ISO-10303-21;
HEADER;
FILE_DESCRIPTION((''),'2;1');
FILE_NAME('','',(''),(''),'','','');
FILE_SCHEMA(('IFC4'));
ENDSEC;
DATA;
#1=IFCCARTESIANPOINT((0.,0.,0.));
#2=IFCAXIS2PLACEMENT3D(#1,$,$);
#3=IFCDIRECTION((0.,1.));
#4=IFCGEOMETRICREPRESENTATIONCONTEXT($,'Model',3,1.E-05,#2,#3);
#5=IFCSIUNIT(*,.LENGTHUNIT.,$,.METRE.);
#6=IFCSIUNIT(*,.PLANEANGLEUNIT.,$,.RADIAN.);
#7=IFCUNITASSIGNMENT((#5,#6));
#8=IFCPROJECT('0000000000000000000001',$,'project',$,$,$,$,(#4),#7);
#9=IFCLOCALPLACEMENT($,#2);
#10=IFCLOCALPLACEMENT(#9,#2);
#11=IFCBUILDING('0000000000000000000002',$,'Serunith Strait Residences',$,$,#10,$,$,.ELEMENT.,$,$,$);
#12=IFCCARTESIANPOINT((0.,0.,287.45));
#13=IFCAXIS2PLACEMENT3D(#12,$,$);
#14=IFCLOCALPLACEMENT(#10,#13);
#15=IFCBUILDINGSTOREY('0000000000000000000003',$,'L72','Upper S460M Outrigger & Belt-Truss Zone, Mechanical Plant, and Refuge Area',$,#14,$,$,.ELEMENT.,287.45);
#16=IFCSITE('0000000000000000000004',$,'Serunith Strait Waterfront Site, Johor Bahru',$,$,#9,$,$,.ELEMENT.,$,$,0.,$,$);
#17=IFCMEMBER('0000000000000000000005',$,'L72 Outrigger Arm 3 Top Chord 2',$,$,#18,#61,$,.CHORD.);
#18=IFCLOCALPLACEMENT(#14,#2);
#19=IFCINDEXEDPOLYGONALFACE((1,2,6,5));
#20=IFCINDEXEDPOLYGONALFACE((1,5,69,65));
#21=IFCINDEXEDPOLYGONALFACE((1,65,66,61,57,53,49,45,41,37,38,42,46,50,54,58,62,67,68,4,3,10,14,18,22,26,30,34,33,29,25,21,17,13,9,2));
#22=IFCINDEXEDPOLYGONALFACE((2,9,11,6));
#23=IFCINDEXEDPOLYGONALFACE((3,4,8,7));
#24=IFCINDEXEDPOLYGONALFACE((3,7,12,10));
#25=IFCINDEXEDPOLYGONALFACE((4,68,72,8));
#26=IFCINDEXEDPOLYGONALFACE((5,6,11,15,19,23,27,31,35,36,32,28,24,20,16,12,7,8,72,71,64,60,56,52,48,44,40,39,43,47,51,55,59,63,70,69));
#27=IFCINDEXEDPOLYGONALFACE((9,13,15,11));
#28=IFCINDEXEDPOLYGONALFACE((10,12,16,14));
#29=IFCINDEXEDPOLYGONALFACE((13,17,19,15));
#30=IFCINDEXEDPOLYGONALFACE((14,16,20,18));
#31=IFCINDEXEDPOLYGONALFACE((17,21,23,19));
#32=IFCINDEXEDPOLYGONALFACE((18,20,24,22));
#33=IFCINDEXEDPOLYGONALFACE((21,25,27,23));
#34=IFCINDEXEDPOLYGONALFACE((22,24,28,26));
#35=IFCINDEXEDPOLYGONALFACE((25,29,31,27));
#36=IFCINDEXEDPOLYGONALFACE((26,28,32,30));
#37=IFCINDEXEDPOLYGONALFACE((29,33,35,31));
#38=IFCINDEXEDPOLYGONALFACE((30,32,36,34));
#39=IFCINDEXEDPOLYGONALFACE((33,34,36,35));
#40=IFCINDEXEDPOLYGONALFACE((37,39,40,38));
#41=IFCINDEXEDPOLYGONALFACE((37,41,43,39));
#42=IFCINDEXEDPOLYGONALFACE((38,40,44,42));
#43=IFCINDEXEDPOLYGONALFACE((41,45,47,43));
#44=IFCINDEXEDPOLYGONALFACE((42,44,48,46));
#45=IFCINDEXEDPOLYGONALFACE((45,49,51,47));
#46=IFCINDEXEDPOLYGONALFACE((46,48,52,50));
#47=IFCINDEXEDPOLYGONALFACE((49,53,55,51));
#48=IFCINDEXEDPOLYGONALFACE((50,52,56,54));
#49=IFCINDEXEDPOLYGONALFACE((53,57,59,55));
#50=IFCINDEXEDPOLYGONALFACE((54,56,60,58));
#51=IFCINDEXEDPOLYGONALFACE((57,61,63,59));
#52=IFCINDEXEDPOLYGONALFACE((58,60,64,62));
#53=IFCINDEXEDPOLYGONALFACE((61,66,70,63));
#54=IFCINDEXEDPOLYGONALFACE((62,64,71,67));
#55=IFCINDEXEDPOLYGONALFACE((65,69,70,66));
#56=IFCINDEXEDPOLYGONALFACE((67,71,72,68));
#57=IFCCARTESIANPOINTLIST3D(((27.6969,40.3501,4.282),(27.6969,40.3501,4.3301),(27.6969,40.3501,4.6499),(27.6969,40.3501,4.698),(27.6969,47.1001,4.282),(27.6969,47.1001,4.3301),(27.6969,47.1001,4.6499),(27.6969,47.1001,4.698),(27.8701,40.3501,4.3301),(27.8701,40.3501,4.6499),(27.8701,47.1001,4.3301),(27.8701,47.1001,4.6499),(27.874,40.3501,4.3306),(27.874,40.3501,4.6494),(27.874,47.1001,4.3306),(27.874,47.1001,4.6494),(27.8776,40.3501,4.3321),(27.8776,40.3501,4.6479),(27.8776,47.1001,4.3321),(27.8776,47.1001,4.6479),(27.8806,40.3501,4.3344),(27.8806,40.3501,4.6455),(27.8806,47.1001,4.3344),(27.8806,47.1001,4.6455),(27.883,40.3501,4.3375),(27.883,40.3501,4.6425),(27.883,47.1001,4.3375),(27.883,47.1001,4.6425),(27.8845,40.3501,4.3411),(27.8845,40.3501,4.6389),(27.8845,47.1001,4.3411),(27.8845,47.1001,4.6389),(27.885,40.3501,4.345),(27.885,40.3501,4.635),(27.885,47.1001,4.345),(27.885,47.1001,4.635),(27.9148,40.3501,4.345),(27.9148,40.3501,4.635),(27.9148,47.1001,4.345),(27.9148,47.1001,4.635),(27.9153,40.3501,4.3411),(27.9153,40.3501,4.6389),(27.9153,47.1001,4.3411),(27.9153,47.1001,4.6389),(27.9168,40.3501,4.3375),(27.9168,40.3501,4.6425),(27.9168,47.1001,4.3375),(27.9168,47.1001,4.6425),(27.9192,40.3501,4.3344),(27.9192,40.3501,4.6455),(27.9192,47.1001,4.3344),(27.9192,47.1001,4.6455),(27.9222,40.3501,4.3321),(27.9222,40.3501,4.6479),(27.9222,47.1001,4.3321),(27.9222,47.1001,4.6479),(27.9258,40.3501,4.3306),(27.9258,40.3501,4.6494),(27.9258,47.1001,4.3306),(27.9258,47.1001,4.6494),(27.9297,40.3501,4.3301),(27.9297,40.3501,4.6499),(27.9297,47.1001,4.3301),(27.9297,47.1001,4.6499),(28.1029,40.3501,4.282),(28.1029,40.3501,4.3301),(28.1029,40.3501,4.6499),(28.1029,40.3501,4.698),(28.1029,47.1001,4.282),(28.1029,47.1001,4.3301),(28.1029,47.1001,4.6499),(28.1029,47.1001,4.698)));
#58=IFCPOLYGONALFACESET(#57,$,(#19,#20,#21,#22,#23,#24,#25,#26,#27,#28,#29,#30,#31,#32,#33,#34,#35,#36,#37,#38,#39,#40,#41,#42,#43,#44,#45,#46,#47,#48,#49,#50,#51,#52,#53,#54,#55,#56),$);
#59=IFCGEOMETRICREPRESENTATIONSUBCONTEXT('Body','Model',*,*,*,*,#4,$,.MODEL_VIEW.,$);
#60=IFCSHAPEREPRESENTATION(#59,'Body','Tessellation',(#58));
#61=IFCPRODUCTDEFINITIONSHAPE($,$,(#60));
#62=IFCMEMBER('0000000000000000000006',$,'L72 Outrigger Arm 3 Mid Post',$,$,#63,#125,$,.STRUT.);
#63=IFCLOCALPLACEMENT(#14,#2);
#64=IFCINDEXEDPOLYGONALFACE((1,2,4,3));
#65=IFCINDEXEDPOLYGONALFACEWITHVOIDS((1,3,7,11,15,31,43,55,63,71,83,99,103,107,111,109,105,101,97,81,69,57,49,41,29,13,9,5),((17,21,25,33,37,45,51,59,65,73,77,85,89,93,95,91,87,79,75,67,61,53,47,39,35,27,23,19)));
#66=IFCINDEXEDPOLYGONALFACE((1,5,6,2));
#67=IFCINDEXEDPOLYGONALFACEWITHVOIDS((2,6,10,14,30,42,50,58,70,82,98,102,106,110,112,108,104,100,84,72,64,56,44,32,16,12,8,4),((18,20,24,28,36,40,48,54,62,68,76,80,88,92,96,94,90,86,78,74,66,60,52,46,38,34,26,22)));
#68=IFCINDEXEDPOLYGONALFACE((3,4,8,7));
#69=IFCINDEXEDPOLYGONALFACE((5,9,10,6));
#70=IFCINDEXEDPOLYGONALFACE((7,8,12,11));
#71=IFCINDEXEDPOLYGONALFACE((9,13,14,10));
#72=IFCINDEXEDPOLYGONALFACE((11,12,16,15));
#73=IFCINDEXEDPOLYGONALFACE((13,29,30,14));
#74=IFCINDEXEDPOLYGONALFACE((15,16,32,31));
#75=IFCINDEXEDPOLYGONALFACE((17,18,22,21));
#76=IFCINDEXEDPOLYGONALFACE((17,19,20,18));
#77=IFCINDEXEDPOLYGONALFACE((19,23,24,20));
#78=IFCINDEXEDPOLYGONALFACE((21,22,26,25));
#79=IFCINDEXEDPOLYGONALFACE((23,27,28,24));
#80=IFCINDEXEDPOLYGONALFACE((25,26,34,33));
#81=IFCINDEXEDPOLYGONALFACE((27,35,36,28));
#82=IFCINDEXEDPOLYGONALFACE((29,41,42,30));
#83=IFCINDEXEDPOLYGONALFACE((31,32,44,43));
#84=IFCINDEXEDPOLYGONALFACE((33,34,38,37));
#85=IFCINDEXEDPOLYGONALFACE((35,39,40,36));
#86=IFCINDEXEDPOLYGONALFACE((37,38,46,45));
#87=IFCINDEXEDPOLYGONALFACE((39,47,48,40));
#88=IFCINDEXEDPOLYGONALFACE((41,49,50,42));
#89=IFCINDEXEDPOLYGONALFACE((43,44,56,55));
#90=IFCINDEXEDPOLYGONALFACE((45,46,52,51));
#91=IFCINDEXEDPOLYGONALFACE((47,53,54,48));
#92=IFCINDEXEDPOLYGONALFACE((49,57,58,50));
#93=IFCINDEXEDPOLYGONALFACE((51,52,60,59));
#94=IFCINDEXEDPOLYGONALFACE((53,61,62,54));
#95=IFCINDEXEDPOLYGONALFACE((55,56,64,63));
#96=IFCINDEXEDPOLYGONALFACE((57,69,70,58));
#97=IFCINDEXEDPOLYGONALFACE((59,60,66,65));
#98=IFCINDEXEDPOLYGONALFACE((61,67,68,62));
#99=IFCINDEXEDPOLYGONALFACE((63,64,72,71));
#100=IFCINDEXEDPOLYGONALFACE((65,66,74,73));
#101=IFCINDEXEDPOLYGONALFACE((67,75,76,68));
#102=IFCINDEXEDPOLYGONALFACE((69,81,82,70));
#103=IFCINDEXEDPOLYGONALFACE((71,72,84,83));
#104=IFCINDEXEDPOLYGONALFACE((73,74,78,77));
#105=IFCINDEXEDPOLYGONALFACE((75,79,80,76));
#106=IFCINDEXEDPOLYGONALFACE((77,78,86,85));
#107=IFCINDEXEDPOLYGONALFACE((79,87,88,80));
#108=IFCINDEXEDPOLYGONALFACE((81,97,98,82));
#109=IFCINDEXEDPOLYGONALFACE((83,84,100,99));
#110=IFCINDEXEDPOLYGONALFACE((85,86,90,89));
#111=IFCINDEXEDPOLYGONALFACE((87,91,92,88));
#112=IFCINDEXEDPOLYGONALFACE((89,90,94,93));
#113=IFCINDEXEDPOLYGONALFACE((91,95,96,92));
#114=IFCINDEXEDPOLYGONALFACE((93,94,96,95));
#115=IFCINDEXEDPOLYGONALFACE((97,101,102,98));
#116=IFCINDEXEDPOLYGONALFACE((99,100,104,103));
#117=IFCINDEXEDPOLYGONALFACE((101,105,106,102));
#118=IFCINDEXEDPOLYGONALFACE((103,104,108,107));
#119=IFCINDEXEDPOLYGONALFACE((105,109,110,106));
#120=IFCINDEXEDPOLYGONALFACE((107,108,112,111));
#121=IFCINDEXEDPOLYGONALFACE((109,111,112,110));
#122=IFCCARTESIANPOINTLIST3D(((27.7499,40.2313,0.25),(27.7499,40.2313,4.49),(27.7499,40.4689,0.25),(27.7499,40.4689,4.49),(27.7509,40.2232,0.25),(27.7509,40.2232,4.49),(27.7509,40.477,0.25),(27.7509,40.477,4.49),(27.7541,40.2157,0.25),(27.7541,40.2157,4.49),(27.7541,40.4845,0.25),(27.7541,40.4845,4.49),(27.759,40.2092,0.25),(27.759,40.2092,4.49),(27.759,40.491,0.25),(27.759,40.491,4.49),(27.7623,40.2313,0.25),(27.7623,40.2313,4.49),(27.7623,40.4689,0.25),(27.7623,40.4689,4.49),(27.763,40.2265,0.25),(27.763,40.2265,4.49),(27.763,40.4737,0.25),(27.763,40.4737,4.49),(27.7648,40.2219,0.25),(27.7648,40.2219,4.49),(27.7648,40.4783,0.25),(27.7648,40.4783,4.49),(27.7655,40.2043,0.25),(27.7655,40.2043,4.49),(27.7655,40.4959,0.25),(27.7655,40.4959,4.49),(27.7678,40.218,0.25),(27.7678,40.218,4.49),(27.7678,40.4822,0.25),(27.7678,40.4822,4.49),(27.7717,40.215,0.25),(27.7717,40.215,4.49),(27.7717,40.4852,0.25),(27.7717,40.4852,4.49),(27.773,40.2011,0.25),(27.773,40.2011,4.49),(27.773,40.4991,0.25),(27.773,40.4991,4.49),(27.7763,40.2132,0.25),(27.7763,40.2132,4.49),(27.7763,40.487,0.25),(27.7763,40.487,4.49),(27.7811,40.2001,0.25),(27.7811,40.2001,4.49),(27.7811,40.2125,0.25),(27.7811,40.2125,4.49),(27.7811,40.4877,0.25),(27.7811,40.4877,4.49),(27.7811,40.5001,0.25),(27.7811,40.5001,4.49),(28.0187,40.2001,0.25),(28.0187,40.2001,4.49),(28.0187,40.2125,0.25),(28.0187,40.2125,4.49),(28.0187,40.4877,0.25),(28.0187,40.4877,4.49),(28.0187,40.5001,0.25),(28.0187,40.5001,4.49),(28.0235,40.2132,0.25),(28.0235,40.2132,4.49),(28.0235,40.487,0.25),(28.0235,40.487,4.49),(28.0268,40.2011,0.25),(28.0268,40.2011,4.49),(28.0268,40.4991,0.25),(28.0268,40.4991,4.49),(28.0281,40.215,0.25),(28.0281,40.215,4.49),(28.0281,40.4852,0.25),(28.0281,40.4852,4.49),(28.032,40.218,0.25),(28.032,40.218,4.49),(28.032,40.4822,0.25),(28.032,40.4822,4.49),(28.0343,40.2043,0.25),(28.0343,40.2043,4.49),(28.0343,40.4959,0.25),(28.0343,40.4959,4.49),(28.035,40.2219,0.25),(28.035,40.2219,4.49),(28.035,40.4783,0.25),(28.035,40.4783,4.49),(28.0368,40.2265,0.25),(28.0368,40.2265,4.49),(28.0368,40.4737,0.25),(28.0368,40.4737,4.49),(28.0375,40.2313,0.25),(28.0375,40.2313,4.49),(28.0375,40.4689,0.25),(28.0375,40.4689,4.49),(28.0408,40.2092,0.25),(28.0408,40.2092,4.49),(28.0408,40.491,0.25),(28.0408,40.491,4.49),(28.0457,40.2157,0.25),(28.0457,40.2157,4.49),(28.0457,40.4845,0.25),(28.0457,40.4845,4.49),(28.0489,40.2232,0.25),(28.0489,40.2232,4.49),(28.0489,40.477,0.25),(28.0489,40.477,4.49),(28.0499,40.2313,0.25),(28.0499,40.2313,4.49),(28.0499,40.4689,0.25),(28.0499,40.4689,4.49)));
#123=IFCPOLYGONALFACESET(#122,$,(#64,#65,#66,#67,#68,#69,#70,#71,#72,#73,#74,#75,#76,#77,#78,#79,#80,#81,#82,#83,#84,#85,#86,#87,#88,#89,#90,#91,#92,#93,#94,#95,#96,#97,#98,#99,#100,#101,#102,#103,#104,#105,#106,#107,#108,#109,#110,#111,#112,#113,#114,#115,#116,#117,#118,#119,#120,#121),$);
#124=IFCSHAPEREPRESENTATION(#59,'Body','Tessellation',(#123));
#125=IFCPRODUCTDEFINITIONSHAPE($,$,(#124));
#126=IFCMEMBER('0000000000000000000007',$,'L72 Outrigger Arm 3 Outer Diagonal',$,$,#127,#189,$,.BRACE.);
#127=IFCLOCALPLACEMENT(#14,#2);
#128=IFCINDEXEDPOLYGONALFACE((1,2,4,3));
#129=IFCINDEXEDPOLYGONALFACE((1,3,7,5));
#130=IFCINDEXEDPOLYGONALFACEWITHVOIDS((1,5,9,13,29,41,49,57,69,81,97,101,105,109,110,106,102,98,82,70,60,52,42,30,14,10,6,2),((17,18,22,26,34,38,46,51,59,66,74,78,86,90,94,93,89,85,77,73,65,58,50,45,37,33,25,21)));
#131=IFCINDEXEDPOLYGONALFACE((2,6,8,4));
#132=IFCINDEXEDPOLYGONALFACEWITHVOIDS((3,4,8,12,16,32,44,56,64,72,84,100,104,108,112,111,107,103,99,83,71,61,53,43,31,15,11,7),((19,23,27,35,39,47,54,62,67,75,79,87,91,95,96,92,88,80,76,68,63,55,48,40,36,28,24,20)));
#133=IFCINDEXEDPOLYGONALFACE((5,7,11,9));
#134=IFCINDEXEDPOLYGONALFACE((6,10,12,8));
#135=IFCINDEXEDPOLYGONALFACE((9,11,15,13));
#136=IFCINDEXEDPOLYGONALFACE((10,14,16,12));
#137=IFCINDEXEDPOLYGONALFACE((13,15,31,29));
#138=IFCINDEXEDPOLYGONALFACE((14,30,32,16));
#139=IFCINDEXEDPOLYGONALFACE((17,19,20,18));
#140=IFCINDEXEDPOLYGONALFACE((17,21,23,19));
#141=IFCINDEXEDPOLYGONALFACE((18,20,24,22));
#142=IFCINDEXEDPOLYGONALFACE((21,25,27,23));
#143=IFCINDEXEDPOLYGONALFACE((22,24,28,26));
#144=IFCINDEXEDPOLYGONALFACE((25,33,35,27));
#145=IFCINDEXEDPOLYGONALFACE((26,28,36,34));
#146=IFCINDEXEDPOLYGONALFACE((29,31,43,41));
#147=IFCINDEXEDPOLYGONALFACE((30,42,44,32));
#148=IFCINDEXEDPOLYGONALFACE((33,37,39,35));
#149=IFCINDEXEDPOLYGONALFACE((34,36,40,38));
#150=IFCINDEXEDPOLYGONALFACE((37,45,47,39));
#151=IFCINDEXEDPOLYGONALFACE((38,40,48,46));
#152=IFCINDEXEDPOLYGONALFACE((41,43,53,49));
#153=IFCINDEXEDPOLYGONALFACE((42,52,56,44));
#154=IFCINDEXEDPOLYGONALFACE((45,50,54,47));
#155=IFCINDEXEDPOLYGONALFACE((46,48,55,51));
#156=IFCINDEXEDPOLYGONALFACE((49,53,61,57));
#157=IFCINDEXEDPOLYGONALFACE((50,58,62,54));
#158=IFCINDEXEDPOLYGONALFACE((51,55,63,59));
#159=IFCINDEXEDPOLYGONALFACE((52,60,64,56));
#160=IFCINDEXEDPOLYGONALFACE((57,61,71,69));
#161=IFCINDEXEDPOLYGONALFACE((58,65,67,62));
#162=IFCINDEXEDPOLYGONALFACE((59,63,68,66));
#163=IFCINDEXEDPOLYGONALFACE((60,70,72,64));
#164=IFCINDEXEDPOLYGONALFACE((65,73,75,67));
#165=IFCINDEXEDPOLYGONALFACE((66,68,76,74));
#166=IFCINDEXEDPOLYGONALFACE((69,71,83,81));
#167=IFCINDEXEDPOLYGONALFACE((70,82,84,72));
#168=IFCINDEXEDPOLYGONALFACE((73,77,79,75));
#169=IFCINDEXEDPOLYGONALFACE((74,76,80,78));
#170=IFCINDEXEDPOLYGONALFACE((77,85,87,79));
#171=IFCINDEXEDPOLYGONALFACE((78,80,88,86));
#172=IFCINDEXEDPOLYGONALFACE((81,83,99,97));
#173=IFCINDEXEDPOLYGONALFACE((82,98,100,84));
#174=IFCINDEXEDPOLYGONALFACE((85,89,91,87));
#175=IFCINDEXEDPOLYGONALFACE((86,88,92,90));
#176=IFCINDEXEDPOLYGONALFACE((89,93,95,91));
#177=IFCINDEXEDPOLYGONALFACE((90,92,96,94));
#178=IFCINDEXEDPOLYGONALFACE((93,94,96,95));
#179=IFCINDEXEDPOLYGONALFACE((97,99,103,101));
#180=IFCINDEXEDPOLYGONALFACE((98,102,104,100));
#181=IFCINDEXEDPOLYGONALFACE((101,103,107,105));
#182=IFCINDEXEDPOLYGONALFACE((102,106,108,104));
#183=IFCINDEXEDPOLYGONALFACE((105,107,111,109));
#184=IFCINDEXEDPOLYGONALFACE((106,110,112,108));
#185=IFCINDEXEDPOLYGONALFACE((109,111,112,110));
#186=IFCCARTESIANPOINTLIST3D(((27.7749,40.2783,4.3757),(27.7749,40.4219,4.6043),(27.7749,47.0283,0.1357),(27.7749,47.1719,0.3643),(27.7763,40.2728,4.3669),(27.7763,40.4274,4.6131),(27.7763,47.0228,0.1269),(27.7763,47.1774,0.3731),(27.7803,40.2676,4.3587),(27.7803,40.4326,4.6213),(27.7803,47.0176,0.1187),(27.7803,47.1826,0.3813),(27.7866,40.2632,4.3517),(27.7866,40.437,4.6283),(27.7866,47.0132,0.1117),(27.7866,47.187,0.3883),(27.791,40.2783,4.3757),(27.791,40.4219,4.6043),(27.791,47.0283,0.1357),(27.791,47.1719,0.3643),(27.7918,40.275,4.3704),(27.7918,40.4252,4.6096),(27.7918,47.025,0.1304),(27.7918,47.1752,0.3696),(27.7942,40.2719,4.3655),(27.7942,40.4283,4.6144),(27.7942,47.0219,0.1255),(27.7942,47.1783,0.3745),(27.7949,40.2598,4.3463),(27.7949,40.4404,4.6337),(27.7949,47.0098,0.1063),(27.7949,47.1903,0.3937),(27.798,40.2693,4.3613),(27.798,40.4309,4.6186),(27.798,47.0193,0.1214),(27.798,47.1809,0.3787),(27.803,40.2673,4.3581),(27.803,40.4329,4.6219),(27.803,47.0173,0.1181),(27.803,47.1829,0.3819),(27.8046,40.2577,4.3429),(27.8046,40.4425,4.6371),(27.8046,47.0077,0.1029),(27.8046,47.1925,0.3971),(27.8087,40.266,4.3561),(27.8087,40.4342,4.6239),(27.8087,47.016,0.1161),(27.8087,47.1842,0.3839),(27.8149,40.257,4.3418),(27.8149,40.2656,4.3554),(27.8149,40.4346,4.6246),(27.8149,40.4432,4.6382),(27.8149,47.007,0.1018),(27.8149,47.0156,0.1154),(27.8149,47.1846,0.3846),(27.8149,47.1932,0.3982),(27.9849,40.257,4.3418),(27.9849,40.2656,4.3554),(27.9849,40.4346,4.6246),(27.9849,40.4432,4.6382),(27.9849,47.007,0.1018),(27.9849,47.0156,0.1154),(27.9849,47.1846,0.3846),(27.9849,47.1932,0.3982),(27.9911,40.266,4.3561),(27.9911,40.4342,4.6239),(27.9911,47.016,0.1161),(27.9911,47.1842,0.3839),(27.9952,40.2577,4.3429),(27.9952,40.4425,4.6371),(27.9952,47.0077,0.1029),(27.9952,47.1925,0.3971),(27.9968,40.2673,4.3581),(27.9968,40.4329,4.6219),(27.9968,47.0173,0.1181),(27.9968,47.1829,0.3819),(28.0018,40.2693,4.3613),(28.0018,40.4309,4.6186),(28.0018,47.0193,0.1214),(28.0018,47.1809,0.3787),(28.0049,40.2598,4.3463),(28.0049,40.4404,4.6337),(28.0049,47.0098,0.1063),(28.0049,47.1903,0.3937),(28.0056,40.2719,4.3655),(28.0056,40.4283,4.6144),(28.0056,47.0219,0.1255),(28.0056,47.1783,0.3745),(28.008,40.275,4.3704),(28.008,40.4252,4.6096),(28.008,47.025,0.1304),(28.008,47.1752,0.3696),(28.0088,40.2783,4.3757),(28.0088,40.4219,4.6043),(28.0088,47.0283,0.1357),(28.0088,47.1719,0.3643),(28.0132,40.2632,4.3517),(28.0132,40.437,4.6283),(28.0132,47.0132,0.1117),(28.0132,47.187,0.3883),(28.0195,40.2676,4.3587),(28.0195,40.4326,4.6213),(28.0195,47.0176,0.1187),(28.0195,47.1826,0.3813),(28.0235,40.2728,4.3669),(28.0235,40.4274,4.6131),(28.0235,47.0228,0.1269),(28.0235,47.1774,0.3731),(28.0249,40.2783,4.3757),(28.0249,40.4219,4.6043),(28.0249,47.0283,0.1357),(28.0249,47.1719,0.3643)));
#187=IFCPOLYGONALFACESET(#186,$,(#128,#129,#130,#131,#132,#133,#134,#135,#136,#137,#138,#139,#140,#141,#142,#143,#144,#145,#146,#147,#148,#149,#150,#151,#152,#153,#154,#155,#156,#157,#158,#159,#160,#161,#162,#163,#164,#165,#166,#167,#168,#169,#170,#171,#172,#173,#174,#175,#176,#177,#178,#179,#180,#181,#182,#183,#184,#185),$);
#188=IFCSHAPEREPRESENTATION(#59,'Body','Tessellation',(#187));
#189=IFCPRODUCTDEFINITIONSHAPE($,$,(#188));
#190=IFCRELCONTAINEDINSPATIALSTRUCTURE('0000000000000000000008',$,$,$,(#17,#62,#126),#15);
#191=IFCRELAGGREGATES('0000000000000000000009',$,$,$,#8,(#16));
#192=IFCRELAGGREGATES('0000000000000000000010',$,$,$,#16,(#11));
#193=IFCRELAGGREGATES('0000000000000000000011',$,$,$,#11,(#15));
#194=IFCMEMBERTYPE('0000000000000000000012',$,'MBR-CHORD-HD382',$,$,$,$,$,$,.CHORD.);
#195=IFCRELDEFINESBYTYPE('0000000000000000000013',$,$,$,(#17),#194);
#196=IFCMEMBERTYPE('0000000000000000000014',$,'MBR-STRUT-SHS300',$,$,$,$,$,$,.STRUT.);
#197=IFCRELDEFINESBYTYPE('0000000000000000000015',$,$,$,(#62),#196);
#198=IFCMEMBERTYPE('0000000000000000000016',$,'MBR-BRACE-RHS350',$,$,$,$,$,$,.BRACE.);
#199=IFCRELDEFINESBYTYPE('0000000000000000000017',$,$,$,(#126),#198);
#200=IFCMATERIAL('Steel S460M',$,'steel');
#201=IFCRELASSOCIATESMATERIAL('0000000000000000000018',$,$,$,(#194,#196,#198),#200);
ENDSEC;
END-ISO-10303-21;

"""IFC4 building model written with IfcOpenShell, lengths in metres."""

from ifc_helpers import new_model, si_unit, direction, frame, origin, origin_2d, place, context, subcontext, project, spatial, hollow_rectangle, i_section, extrude, source, transform, mapped, material, material_profile, profile_set, type_object, element, save


model = new_model("IFC4")

# Units and contexts
model_context = context("Model", 3, precision=1e-05, world=origin(), true_north=direction((0.0, 1.0)))
body_context = subcontext(model_context, "Body", "Model", "MODEL_VIEW")
ifc_project = project(units=[si_unit("LENGTHUNIT", "METRE"), si_unit("PLANEANGLEUNIT", "RADIAN")], contexts=[model_context])

# Site, building, storey
site_placement = place(None, origin())
site = spatial("IfcSite", under=ifc_project, at=site_placement, Name="Serunith Strait Waterfront Site, Johor Bahru", CompositionType="ELEMENT", RefElevation=0.0)
building_placement = place(site_placement, origin())
building = spatial("IfcBuilding", under=site, at=building_placement, Name="Serunith Strait Residences", CompositionType="ELEMENT")
storey_placement = place(building_placement, frame((0.0, 0.0, 287.45)))
storey = spatial("IfcBuildingStorey", under=building, at=storey_placement, Name="L72", Description="Upper S460M Outrigger & Belt-Truss Zone, Mechanical Plant, and Refuge Area", CompositionType="ELEMENT", Elevation=287.45)

# Members
ifc_material_1 = material(Name="Steel S460M", Category="steel")
ifc_material_profile_1 = material_profile(ifc_material_1, i_section(OverallWidth=0.406, OverallDepth=0.416, WebThickness=0.0298, FlangeThickness=0.0481, FilletRadius=0.0149, at=origin_2d()), Name="HD 400x382")
ifc_profile_set_1 = profile_set([ifc_material_profile_1], Name="Steel S460M")
member_type_1 = type_object("IfcMemberType", Name="MBR-CHORD-HD382", PredefinedType="CHORD", material=ifc_profile_set_1)
shared_shape_1 = source(origin(), body_context, "Body", "SweptSolid", [
    extrude(i_section(OverallWidth=0.406, OverallDepth=0.416, WebThickness=0.0298, FlangeThickness=0.0481, FilletRadius=0.0149, at=origin_2d()), origin(), (0.0, 0.0, 1.0), 6.75),
])
for number, where, z_axis, x_axis, name in (
    (1, (27.8999, 40.3501, 4.49), (0.0, 1.0, 0.0), (-1.0, 0.0, 0.0), "L72 Outrigger Arm 3 Top Chord 2"),
):
    element("IfcMember", number, at=place(storey_placement, frame(where, z_axis=z_axis, x_axis=x_axis)), inside=storey, type_object=member_type_1, Name=name, PredefinedType="CHORD", context=body_context, shape_type="MappedRepresentation", body=[
        mapped(shared_shape_1, transform((0.0, 0.0, 0.0), scale=1.0)),
    ])
ifc_material_profile_2 = material_profile(ifc_material_1, hollow_rectangle(XDim=0.3, YDim=0.3, WallThickness=0.0125, InnerFilletRadius=0.0188, OuterFilletRadius=0.0312, at=origin_2d()), Name="SHS 300x300x12.5")
ifc_profile_set_2 = profile_set([ifc_material_profile_2], Name="Steel S460M")
member_type_2 = type_object("IfcMemberType", Name="MBR-STRUT-SHS300", PredefinedType="STRUT", material=ifc_profile_set_2)
shared_shape_2 = source(origin(), body_context, "Body", "SweptSolid", [
    extrude(hollow_rectangle(XDim=0.3, YDim=0.3, WallThickness=0.0125, InnerFilletRadius=0.0188, OuterFilletRadius=0.0312, at=origin_2d()), origin(), (0.0, 0.0, 1.0), 4.24),
])
member_1_placement = place(storey_placement, frame((27.8999, 40.3501, 0.25), z_axis=(0.0, 0.0, 1.0), x_axis=(1.0, 0.0, 0.0)))
element("IfcMember", 2, at=member_1_placement, inside=storey, type_object=member_type_2, Name="L72 Outrigger Arm 3 Mid Post", PredefinedType="STRUT", context=body_context, shape_type="MappedRepresentation", body=[
    mapped(shared_shape_2, transform((0.0, 0.0, 0.0), scale=1.0)),
])
ifc_material_profile_3 = material_profile(ifc_material_1, hollow_rectangle(XDim=0.25, YDim=0.3501, WallThickness=0.0161, InnerFilletRadius=0.0239, OuterFilletRadius=0.04, at=origin_2d()), Name="RHS 350x250x16")
ifc_profile_set_3 = profile_set([ifc_material_profile_3], Name="Steel S460M")
member_type_3 = type_object("IfcMemberType", Name="MBR-BRACE-RHS350", PredefinedType="BRACE", material=ifc_profile_set_3)
shared_shape_3 = source(origin(), body_context, "Body", "SweptSolid", [
    extrude(hollow_rectangle(XDim=0.25, YDim=0.3501, WallThickness=0.0161, InnerFilletRadius=0.0239, OuterFilletRadius=0.04, at=origin_2d()), origin(), (0.0, 0.0, 1.0), 7.9712),
])
member_2_placement = place(storey_placement, frame((27.8999, 40.3501, 4.49), z_axis=(0.0, 0.846799, -0.531914), x_axis=(-1.0, 0.0, 0.0)))
element("IfcMember", 3, at=member_2_placement, inside=storey, type_object=member_type_3, Name="L72 Outrigger Arm 3 Outer Diagonal", PredefinedType="BRACE", context=body_context, shape_type="MappedRepresentation", body=[
    mapped(shared_shape_3, transform((0.0, 0.0, 0.0), scale=1.0)),
])

save(model, "model.ifc")
